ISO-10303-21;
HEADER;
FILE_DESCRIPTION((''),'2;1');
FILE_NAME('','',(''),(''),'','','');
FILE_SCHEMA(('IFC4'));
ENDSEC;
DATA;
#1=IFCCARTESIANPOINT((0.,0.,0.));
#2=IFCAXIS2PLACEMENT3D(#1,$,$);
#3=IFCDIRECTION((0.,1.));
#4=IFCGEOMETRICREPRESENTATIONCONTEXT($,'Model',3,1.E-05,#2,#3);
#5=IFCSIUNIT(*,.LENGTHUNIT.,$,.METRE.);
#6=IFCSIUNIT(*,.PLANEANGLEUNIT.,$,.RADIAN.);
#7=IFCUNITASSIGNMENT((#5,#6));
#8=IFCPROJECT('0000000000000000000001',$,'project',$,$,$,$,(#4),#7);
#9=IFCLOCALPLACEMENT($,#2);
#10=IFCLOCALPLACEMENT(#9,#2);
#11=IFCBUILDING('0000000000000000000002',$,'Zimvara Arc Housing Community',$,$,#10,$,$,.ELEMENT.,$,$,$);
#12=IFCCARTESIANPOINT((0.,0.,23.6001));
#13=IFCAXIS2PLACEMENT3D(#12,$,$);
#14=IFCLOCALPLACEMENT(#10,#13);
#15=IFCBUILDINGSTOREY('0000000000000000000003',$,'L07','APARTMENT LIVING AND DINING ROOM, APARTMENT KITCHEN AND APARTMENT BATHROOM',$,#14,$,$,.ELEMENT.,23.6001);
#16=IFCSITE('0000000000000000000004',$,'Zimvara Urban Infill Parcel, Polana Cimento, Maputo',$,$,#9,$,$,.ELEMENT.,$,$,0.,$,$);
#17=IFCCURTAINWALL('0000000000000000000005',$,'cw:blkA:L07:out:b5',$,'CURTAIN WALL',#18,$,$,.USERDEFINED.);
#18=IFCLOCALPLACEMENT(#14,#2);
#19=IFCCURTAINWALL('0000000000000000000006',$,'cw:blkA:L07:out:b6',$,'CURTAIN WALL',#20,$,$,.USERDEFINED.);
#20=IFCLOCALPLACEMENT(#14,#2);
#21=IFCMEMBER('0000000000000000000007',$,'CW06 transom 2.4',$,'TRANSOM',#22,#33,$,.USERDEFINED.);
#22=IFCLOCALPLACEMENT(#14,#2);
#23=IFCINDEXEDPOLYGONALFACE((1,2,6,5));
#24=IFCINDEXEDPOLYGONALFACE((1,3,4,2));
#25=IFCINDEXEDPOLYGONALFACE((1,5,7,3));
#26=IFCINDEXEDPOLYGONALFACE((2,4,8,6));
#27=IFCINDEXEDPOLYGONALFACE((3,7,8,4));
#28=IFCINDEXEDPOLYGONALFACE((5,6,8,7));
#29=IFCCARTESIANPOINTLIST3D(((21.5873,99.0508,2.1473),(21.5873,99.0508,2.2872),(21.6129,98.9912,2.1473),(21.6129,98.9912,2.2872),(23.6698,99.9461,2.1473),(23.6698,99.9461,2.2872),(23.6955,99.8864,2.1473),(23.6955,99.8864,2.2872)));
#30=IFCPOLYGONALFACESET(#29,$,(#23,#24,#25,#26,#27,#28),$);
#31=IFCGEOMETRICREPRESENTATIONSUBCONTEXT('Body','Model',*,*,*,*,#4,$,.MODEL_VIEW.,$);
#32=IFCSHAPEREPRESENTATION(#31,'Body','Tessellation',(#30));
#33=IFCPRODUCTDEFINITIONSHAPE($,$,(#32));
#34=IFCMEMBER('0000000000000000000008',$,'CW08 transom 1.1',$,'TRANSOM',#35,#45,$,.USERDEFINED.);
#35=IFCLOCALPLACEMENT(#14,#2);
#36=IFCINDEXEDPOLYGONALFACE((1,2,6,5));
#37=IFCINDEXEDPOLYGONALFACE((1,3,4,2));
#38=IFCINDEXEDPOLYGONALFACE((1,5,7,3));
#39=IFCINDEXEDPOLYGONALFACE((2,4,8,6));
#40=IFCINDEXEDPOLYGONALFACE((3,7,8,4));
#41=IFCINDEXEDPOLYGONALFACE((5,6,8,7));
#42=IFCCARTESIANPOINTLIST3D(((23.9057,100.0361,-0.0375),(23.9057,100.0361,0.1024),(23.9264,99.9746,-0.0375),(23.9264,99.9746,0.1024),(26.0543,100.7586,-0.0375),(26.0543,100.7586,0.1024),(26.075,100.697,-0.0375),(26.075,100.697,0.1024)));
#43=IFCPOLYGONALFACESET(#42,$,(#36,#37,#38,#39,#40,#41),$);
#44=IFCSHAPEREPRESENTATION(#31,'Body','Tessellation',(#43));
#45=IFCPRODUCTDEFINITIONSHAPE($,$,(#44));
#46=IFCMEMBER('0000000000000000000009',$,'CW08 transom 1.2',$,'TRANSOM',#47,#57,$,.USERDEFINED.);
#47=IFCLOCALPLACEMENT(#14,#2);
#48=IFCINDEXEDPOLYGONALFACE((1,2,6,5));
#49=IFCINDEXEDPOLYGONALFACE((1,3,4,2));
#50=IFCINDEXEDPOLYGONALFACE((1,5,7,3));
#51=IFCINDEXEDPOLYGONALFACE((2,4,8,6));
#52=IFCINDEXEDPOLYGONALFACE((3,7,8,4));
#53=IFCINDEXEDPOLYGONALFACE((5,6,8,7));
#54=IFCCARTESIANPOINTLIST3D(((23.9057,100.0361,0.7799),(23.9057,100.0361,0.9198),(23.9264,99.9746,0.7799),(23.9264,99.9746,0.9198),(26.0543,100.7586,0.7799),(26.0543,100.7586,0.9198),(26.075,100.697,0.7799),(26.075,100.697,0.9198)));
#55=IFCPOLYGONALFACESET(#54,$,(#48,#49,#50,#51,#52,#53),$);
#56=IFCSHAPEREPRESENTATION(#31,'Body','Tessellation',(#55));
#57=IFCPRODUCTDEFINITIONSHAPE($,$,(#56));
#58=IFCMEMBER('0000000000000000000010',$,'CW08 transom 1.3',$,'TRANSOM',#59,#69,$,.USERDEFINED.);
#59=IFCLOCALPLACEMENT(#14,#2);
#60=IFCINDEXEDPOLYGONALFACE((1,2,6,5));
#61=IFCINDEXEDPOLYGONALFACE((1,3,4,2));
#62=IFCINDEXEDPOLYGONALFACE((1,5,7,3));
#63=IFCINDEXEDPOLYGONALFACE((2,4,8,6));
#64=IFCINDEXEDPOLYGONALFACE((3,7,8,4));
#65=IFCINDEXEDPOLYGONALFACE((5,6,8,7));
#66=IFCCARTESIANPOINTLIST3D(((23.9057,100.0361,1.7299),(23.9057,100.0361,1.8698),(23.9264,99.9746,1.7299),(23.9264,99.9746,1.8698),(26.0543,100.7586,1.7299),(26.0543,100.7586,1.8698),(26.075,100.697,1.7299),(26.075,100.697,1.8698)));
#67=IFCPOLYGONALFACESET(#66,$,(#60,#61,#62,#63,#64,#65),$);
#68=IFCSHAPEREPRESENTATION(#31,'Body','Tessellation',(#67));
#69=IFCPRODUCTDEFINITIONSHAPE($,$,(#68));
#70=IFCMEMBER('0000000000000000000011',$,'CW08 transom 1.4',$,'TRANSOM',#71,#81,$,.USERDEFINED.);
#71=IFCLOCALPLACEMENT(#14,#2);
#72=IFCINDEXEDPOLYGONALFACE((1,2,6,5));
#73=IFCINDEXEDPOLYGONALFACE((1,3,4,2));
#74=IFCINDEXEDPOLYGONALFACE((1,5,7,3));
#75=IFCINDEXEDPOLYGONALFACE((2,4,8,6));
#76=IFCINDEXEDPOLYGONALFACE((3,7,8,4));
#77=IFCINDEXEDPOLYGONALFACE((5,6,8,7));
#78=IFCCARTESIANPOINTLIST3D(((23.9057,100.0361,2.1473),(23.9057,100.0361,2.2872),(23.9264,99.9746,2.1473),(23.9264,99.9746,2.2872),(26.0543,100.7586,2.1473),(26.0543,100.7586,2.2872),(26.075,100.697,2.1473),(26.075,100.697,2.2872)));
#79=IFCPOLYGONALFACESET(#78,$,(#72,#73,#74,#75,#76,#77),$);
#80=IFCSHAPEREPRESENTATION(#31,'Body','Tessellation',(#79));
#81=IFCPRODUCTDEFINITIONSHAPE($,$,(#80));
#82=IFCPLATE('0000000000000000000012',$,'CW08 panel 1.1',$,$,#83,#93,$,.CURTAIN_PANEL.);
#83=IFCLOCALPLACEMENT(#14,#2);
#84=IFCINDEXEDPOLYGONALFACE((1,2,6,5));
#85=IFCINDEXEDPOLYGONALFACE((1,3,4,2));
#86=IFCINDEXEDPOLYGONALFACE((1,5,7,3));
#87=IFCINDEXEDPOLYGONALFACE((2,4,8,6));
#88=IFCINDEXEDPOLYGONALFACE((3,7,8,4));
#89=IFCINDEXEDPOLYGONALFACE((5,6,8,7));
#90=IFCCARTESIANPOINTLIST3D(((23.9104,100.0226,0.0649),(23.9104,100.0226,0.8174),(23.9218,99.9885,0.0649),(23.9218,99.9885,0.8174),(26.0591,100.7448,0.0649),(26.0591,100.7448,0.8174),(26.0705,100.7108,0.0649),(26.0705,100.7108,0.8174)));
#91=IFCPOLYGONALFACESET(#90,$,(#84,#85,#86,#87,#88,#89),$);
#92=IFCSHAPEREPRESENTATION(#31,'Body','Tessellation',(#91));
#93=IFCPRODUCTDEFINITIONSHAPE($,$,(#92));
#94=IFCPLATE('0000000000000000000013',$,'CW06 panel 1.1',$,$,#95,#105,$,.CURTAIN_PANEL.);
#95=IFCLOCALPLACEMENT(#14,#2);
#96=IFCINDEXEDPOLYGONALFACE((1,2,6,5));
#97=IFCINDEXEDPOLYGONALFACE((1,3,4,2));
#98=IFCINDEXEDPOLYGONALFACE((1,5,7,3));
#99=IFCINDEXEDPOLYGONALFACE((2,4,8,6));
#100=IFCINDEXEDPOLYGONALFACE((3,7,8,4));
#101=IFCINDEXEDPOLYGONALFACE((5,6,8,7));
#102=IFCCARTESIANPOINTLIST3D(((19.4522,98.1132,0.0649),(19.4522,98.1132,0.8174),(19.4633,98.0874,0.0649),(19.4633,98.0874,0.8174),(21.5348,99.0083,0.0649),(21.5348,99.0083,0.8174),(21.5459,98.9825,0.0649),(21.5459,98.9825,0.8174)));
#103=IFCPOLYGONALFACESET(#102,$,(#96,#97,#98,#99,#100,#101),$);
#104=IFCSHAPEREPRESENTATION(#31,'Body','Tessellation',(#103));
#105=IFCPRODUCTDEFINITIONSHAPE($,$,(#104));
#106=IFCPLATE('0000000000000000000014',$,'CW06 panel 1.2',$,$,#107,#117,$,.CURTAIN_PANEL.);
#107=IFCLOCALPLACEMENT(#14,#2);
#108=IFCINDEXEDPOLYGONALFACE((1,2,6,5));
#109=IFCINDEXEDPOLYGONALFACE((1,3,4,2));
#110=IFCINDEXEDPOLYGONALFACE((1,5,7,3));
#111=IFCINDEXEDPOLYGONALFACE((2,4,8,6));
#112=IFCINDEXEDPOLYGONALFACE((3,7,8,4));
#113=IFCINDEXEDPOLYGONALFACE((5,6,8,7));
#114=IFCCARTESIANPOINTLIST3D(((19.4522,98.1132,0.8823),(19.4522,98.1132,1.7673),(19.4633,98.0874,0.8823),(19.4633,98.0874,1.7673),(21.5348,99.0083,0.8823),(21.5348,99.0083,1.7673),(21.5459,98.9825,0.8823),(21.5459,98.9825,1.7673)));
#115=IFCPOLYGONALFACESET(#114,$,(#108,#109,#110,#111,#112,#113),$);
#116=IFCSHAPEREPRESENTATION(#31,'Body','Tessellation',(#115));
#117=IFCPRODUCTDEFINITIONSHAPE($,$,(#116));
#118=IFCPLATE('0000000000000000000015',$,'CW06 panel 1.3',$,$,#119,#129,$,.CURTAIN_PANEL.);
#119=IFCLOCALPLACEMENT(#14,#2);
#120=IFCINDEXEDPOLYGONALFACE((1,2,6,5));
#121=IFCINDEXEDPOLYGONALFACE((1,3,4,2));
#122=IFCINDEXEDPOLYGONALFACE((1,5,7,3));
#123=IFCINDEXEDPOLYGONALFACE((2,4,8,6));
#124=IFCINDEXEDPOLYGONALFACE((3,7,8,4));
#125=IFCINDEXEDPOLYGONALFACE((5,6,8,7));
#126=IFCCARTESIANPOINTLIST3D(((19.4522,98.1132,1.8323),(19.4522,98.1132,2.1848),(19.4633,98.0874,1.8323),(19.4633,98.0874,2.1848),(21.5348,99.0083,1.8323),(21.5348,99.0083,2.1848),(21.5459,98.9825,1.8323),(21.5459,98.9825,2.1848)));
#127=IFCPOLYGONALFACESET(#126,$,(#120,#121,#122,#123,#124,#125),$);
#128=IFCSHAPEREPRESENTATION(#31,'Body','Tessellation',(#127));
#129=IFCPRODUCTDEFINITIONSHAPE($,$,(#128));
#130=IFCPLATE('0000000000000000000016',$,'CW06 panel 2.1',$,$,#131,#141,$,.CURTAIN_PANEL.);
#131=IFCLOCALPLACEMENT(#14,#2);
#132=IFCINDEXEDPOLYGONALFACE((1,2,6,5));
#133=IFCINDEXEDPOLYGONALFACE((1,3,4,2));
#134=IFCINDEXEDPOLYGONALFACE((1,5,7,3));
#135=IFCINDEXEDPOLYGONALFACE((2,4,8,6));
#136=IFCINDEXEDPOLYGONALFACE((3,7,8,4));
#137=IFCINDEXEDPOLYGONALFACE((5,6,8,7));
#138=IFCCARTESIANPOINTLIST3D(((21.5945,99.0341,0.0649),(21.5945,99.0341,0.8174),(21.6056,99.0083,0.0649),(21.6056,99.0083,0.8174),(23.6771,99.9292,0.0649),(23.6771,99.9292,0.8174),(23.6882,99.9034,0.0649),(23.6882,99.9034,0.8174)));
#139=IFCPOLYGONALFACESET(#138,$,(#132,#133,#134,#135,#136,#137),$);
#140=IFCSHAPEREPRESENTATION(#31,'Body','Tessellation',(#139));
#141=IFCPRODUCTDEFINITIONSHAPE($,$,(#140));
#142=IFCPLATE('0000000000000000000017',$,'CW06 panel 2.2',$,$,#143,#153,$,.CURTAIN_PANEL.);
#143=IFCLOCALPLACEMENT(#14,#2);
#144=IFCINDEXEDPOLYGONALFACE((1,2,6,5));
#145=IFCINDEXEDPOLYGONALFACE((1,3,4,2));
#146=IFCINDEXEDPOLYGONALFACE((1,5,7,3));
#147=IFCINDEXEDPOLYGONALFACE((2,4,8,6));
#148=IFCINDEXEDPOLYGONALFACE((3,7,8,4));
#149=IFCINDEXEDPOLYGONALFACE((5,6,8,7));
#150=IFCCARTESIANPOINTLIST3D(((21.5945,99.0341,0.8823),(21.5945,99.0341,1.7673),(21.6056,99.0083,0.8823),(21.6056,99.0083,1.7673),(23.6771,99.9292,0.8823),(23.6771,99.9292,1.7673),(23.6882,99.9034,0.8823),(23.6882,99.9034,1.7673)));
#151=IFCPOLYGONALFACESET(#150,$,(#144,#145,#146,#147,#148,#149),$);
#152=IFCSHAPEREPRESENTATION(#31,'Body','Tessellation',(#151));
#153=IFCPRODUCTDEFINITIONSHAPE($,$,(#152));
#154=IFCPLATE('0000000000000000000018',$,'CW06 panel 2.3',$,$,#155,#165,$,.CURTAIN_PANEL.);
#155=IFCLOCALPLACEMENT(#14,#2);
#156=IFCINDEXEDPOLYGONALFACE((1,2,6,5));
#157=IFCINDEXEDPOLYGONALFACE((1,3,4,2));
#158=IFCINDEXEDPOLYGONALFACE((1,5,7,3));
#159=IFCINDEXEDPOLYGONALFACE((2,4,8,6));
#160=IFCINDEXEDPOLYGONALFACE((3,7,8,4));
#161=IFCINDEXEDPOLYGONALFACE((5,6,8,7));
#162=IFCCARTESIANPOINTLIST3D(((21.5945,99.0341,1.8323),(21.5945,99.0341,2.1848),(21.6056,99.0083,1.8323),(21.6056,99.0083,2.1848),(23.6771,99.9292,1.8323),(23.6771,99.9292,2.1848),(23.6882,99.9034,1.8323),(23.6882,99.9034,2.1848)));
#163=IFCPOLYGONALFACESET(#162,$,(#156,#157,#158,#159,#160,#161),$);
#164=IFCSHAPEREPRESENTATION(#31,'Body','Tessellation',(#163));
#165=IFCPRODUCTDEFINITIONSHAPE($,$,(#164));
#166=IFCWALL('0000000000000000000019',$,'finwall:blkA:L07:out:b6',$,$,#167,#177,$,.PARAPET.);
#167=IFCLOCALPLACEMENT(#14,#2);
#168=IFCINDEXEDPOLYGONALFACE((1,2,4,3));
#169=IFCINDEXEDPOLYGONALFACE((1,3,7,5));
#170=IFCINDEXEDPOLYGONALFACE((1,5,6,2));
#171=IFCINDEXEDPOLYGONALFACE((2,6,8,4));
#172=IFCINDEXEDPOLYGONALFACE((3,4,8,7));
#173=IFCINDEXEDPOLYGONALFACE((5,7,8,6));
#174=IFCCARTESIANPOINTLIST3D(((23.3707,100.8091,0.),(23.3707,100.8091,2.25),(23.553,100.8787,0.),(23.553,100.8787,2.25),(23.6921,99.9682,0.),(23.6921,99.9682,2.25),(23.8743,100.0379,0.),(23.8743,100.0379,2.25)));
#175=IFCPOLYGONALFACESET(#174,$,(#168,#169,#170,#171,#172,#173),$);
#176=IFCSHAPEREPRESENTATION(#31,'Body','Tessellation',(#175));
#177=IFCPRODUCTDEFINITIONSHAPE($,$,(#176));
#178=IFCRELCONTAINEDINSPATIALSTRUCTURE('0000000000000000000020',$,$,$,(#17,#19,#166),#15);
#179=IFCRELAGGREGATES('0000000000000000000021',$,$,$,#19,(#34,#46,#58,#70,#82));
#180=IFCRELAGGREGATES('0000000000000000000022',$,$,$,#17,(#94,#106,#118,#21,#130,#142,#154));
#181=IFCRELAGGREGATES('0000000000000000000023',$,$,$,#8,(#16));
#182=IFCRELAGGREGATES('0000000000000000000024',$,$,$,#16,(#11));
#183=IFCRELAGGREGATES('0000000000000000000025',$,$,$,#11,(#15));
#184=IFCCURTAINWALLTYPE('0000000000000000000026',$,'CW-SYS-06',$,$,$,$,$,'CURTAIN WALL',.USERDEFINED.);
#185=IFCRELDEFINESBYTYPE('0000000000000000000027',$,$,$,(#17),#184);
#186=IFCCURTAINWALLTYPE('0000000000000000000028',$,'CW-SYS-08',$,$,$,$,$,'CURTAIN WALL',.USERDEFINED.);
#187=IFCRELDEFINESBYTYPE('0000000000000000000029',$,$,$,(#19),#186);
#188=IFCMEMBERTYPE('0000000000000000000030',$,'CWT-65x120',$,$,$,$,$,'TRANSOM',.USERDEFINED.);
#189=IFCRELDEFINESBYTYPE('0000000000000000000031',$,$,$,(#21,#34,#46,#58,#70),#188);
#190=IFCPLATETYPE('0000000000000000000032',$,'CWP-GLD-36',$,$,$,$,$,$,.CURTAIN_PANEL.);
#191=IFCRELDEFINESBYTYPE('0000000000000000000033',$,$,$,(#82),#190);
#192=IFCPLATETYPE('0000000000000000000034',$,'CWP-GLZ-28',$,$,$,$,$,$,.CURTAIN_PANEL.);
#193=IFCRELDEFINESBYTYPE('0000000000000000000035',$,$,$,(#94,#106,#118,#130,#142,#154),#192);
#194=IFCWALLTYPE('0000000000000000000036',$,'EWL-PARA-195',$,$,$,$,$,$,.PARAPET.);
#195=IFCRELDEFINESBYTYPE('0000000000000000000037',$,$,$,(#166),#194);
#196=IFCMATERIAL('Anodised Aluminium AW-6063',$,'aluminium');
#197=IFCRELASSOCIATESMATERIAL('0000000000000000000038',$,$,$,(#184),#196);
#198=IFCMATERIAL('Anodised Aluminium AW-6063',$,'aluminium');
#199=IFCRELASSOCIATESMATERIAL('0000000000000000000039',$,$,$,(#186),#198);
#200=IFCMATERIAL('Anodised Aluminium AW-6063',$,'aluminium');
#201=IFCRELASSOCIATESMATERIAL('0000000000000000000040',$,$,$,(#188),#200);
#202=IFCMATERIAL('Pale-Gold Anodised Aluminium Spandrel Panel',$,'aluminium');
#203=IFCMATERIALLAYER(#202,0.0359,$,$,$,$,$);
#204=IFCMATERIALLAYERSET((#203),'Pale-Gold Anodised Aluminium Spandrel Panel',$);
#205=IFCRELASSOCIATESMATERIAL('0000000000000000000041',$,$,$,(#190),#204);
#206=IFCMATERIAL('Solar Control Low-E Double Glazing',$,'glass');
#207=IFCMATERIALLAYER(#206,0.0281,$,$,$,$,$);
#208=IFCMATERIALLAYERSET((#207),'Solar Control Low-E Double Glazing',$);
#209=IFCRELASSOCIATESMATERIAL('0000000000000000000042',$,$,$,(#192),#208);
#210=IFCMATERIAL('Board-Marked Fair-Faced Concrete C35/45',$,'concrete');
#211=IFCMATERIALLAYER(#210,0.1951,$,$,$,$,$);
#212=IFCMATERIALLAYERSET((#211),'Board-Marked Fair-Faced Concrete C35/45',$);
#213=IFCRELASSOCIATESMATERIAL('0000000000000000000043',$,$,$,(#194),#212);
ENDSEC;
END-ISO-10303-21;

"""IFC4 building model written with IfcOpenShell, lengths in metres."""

from ifc_helpers import new_model, si_unit, direction, frame, frame_2d, origin, origin_2d, place, context, subcontext, project, spatial, rectangle, extrude, material, layer, layer_set, material_profile, profile_set, type_object, element, aggregate, save


model = new_model("IFC4")

# Units and contexts
model_context = context("Model", 3, precision=1e-05, world=origin(), true_north=direction((0.0, 1.0)))
body_context = subcontext(model_context, "Body", "Model", "MODEL_VIEW")
ifc_project = project(units=[si_unit("LENGTHUNIT", "METRE"), si_unit("PLANEANGLEUNIT", "RADIAN")], contexts=[model_context])

# Site, building, storey
site_placement = place(None, origin())
site = spatial("IfcSite", under=ifc_project, at=site_placement, Name="Zimvara Urban Infill Parcel, Polana Cimento, Maputo", CompositionType="ELEMENT", RefElevation=0.0)
building_placement = place(site_placement, origin())
building = spatial("IfcBuilding", under=site, at=building_placement, Name="Zimvara Arc Housing Community", CompositionType="ELEMENT")
storey_placement = place(building_placement, frame((0.0, 0.0, 23.6001)))
storey = spatial("IfcBuildingStorey", under=building, at=storey_placement, Name="L07", Description="APARTMENT LIVING AND DINING ROOM, APARTMENT KITCHEN AND APARTMENT BATHROOM", CompositionType="ELEMENT", Elevation=23.6001)

# Curtain wall
ifc_material_1 = material(Name="Anodised Aluminium AW-6063", Category="aluminium")
curtain_wall_type_1 = type_object("IfcCurtainWallType", Name="CW-SYS-06", ElementType="CURTAIN WALL", PredefinedType="USERDEFINED", material=ifc_material_1)
curtain_wall_1_placement = place(storey_placement, origin())
curtain_wall_1 = element("IfcCurtainWall", 1, at=curtain_wall_1_placement, inside=storey, type_object=curtain_wall_type_1, Name="cw:blkA:L07:out:b5", ObjectType="CURTAIN WALL", PredefinedType="USERDEFINED")

# Curtain wall
ifc_material_2 = material(Name="Anodised Aluminium AW-6063", Category="aluminium")
curtain_wall_type_2 = type_object("IfcCurtainWallType", Name="CW-SYS-08", ElementType="CURTAIN WALL", PredefinedType="USERDEFINED", material=ifc_material_2)
curtain_wall_2_placement = place(storey_placement, origin())
curtain_wall_2 = element("IfcCurtainWall", 2, at=curtain_wall_2_placement, inside=storey, type_object=curtain_wall_type_2, Name="cw:blkA:L07:out:b6", ObjectType="CURTAIN WALL", PredefinedType="USERDEFINED")

# Members
ifc_material_3 = material(Name="Anodised Aluminium AW-6063", Category="aluminium")
ifc_material_profile_1 = material_profile(ifc_material_3, rectangle(XDim=0.0649, YDim=0.1399, at=origin_2d()), Name="ALU 65x140")
ifc_profile_set_1 = profile_set([ifc_material_profile_1], Name="Anodised Aluminium AW-6063")
member_type_1 = type_object("IfcMemberType", Name="CWT-65x120", ElementType="TRANSOM", PredefinedType="USERDEFINED", material=ifc_profile_set_1)
member_1_placement = place(storey_placement, frame((21.6001, 99.021, 2.2173), z_axis=(0.918704, 0.394946, 0.0), x_axis=(-0.394946, 0.918704, 0.0)))
member_1 = element("IfcMember", 3, at=member_1_placement, type_object=member_type_1, Name="CW06 transom 2.4", ObjectType="TRANSOM", PredefinedType="USERDEFINED", context=body_context, shape_type="SweptSolid", body=[
    extrude(rectangle(XDim=0.0649, YDim=0.1399, at=origin_2d()), origin(), (0.0, 0.0, 1.0), 2.2668),
])
member_2_placement = place(storey_placement, frame((23.916, 100.0054, 0.0325), z_axis=(0.947862, 0.318682, 0.0), x_axis=(-0.318682, 0.947862, 0.0)))
member_2 = element("IfcMember", 4, at=member_2_placement, type_object=member_type_1, Name="CW08 transom 1.1", ObjectType="TRANSOM", PredefinedType="USERDEFINED", context=body_context, shape_type="SweptSolid", body=[
    extrude(rectangle(XDim=0.0649, YDim=0.1399, at=origin_2d()), origin(), (0.0, 0.0, 1.0), 2.2668),
])
member_3_placement = place(storey_placement, frame((23.916, 100.0054, 0.8499), z_axis=(0.947862, 0.318682, 0.0), x_axis=(-0.318682, 0.947862, 0.0)))
member_3 = element("IfcMember", 5, at=member_3_placement, type_object=member_type_1, Name="CW08 transom 1.2", ObjectType="TRANSOM", PredefinedType="USERDEFINED", context=body_context, shape_type="SweptSolid", body=[
    extrude(rectangle(XDim=0.0649, YDim=0.1399, at=origin_2d()), origin(), (0.0, 0.0, 1.0), 2.2668),
])
member_4_placement = place(storey_placement, frame((23.916, 100.0054, 1.7998), z_axis=(0.947862, 0.318682, 0.0), x_axis=(-0.318682, 0.947862, 0.0)))
member_4 = element("IfcMember", 6, at=member_4_placement, type_object=member_type_1, Name="CW08 transom 1.3", ObjectType="TRANSOM", PredefinedType="USERDEFINED", context=body_context, shape_type="SweptSolid", body=[
    extrude(rectangle(XDim=0.0649, YDim=0.1399, at=origin_2d()), origin(), (0.0, 0.0, 1.0), 2.2668),
])
member_5_placement = place(storey_placement, frame((23.916, 100.0054, 2.2173), z_axis=(0.947862, 0.318682, 0.0), x_axis=(-0.318682, 0.947862, 0.0)))
member_5 = element("IfcMember", 7, at=member_5_placement, type_object=member_type_1, Name="CW08 transom 1.4", ObjectType="TRANSOM", PredefinedType="USERDEFINED", context=body_context, shape_type="SweptSolid", body=[
    extrude(rectangle(XDim=0.0649, YDim=0.1399, at=origin_2d()), origin(), (0.0, 0.0, 1.0), 2.2668),
])

# Plates
ifc_material_4 = material(Name="Pale-Gold Anodised Aluminium Spandrel Panel", Category="aluminium")
ifc_layer_1 = layer(ifc_material_4, 0.0359)
ifc_layer_set_1 = layer_set([ifc_layer_1], Name="Pale-Gold Anodised Aluminium Spandrel Panel")
plate_type_1 = type_object("IfcPlateType", Name="CWP-GLD-36", PredefinedType="CURTAIN_PANEL", material=ifc_layer_set_1)
plate_1_placement = place(storey_placement, frame((24.9905, 100.3667, 0.0649), z_axis=(0.0, 0.0, 1.0), x_axis=(0.94788, 0.318629, 0.0)))
plate_1 = element("IfcPlate", 8, at=plate_1_placement, type_object=plate_type_1, Name="CW08 panel 1.1", PredefinedType="CURTAIN_PANEL", context=body_context, shape_type="SweptSolid", body=[
    extrude(rectangle(XDim=2.2668, YDim=0.0359, at=origin_2d()), origin(), (0.0, 0.0, 1.0), 0.7524),
])
aggregate(curtain_wall_2, [member_2, member_3, member_4, member_5, plate_1])
ifc_material_5 = material(Name="Solar Control Low-E Double Glazing", Category="glass")
ifc_layer_2 = layer(ifc_material_5, 0.0281)
ifc_layer_set_2 = layer_set([ifc_layer_2], Name="Solar Control Low-E Double Glazing")
plate_type_2 = type_object("IfcPlateType", Name="CWP-GLZ-28", PredefinedType="CURTAIN_PANEL", material=ifc_layer_set_2)
plate_2_placement = place(storey_placement, frame((20.499, 98.5479, 0.0649), z_axis=(0.0, 0.0, 1.0), x_axis=(0.918722, 0.394904, 0.0)))
plate_2 = element("IfcPlate", 9, at=plate_2_placement, type_object=plate_type_2, Name="CW06 panel 1.1", PredefinedType="CURTAIN_PANEL", context=body_context, shape_type="SweptSolid", body=[
    extrude(rectangle(XDim=2.2668, YDim=0.0281, at=origin_2d()), origin(), (0.0, 0.0, 1.0), 0.7524),
])
plate_3_placement = place(storey_placement, frame((20.499, 98.5479, 0.8823), z_axis=(0.0, 0.0, 1.0), x_axis=(0.918722, 0.394904, 0.0)))
plate_3 = element("IfcPlate", 10, at=plate_3_placement, type_object=plate_type_2, Name="CW06 panel 1.2", PredefinedType="CURTAIN_PANEL", context=body_context, shape_type="SweptSolid", body=[
    extrude(rectangle(XDim=2.2668, YDim=0.0281, at=origin_2d()), origin(), (0.0, 0.0, 1.0), 0.885),
])
plate_4_placement = place(storey_placement, frame((20.499, 98.5479, 1.8323), z_axis=(0.0, 0.0, 1.0), x_axis=(0.918722, 0.394904, 0.0)))
plate_4 = element("IfcPlate", 11, at=plate_4_placement, type_object=plate_type_2, Name="CW06 panel 1.3", PredefinedType="CURTAIN_PANEL", context=body_context, shape_type="SweptSolid", body=[
    extrude(rectangle(XDim=2.2668, YDim=0.0281, at=origin_2d()), origin(), (0.0, 0.0, 1.0), 0.3525),
])
plate_5_placement = place(storey_placement, frame((22.6414, 99.4688, 0.0649), z_axis=(0.0, 0.0, 1.0), x_axis=(0.918722, 0.394904, 0.0)))
plate_5 = element("IfcPlate", 12, at=plate_5_placement, type_object=plate_type_2, Name="CW06 panel 2.1", PredefinedType="CURTAIN_PANEL", context=body_context, shape_type="SweptSolid", body=[
    extrude(rectangle(XDim=2.2668, YDim=0.0281, at=origin_2d()), origin(), (0.0, 0.0, 1.0), 0.7524),
])
plate_6_placement = place(storey_placement, frame((22.6414, 99.4688, 0.8823), z_axis=(0.0, 0.0, 1.0), x_axis=(0.918722, 0.394904, 0.0)))
plate_6 = element("IfcPlate", 13, at=plate_6_placement, type_object=plate_type_2, Name="CW06 panel 2.2", PredefinedType="CURTAIN_PANEL", context=body_context, shape_type="SweptSolid", body=[
    extrude(rectangle(XDim=2.2668, YDim=0.0281, at=origin_2d()), origin(), (0.0, 0.0, 1.0), 0.885),
])
plate_7_placement = place(storey_placement, frame((22.6414, 99.4688, 1.8323), z_axis=(0.0, 0.0, 1.0), x_axis=(0.918722, 0.394904, 0.0)))
plate_7 = element("IfcPlate", 14, at=plate_7_placement, type_object=plate_type_2, Name="CW06 panel 2.3", PredefinedType="CURTAIN_PANEL", context=body_context, shape_type="SweptSolid", body=[
    extrude(rectangle(XDim=2.2668, YDim=0.0281, at=origin_2d()), origin(), (0.0, 0.0, 1.0), 0.3525),
])
aggregate(curtain_wall_1, [plate_2, plate_3, plate_4, member_1, plate_5, plate_6, plate_7])

# Wall
ifc_material_6 = material(Name="Board-Marked Fair-Faced Concrete C35/45", Category="concrete")
ifc_layer_3 = layer(ifc_material_6, 0.1951)
ifc_layer_set_3 = layer_set([ifc_layer_3], Name="Board-Marked Fair-Faced Concrete C35/45")
wall_type = type_object("IfcWallType", Name="EWL-PARA-195", PredefinedType="PARAPET", material=ifc_layer_set_3)
wall_placement = place(storey_placement, frame((23.7832, 100.0029, 0.0), z_axis=(0.0, 0.0, 1.0), x_axis=(-0.356943, 0.934126, 0.0)))
element("IfcWall", 15, at=wall_placement, inside=storey, type_object=wall_type, Name="finwall:blkA:L07:out:b6", PredefinedType="PARAPET", context=body_context, shape_type="SweptSolid", body=[
    extrude(rectangle(XDim=0.9001, YDim=0.1951, at=frame_2d((0.4502, 0.0))), origin(), (0.0, 0.0, 1.0), 2.25),
])

save(model, "model.ifc")
